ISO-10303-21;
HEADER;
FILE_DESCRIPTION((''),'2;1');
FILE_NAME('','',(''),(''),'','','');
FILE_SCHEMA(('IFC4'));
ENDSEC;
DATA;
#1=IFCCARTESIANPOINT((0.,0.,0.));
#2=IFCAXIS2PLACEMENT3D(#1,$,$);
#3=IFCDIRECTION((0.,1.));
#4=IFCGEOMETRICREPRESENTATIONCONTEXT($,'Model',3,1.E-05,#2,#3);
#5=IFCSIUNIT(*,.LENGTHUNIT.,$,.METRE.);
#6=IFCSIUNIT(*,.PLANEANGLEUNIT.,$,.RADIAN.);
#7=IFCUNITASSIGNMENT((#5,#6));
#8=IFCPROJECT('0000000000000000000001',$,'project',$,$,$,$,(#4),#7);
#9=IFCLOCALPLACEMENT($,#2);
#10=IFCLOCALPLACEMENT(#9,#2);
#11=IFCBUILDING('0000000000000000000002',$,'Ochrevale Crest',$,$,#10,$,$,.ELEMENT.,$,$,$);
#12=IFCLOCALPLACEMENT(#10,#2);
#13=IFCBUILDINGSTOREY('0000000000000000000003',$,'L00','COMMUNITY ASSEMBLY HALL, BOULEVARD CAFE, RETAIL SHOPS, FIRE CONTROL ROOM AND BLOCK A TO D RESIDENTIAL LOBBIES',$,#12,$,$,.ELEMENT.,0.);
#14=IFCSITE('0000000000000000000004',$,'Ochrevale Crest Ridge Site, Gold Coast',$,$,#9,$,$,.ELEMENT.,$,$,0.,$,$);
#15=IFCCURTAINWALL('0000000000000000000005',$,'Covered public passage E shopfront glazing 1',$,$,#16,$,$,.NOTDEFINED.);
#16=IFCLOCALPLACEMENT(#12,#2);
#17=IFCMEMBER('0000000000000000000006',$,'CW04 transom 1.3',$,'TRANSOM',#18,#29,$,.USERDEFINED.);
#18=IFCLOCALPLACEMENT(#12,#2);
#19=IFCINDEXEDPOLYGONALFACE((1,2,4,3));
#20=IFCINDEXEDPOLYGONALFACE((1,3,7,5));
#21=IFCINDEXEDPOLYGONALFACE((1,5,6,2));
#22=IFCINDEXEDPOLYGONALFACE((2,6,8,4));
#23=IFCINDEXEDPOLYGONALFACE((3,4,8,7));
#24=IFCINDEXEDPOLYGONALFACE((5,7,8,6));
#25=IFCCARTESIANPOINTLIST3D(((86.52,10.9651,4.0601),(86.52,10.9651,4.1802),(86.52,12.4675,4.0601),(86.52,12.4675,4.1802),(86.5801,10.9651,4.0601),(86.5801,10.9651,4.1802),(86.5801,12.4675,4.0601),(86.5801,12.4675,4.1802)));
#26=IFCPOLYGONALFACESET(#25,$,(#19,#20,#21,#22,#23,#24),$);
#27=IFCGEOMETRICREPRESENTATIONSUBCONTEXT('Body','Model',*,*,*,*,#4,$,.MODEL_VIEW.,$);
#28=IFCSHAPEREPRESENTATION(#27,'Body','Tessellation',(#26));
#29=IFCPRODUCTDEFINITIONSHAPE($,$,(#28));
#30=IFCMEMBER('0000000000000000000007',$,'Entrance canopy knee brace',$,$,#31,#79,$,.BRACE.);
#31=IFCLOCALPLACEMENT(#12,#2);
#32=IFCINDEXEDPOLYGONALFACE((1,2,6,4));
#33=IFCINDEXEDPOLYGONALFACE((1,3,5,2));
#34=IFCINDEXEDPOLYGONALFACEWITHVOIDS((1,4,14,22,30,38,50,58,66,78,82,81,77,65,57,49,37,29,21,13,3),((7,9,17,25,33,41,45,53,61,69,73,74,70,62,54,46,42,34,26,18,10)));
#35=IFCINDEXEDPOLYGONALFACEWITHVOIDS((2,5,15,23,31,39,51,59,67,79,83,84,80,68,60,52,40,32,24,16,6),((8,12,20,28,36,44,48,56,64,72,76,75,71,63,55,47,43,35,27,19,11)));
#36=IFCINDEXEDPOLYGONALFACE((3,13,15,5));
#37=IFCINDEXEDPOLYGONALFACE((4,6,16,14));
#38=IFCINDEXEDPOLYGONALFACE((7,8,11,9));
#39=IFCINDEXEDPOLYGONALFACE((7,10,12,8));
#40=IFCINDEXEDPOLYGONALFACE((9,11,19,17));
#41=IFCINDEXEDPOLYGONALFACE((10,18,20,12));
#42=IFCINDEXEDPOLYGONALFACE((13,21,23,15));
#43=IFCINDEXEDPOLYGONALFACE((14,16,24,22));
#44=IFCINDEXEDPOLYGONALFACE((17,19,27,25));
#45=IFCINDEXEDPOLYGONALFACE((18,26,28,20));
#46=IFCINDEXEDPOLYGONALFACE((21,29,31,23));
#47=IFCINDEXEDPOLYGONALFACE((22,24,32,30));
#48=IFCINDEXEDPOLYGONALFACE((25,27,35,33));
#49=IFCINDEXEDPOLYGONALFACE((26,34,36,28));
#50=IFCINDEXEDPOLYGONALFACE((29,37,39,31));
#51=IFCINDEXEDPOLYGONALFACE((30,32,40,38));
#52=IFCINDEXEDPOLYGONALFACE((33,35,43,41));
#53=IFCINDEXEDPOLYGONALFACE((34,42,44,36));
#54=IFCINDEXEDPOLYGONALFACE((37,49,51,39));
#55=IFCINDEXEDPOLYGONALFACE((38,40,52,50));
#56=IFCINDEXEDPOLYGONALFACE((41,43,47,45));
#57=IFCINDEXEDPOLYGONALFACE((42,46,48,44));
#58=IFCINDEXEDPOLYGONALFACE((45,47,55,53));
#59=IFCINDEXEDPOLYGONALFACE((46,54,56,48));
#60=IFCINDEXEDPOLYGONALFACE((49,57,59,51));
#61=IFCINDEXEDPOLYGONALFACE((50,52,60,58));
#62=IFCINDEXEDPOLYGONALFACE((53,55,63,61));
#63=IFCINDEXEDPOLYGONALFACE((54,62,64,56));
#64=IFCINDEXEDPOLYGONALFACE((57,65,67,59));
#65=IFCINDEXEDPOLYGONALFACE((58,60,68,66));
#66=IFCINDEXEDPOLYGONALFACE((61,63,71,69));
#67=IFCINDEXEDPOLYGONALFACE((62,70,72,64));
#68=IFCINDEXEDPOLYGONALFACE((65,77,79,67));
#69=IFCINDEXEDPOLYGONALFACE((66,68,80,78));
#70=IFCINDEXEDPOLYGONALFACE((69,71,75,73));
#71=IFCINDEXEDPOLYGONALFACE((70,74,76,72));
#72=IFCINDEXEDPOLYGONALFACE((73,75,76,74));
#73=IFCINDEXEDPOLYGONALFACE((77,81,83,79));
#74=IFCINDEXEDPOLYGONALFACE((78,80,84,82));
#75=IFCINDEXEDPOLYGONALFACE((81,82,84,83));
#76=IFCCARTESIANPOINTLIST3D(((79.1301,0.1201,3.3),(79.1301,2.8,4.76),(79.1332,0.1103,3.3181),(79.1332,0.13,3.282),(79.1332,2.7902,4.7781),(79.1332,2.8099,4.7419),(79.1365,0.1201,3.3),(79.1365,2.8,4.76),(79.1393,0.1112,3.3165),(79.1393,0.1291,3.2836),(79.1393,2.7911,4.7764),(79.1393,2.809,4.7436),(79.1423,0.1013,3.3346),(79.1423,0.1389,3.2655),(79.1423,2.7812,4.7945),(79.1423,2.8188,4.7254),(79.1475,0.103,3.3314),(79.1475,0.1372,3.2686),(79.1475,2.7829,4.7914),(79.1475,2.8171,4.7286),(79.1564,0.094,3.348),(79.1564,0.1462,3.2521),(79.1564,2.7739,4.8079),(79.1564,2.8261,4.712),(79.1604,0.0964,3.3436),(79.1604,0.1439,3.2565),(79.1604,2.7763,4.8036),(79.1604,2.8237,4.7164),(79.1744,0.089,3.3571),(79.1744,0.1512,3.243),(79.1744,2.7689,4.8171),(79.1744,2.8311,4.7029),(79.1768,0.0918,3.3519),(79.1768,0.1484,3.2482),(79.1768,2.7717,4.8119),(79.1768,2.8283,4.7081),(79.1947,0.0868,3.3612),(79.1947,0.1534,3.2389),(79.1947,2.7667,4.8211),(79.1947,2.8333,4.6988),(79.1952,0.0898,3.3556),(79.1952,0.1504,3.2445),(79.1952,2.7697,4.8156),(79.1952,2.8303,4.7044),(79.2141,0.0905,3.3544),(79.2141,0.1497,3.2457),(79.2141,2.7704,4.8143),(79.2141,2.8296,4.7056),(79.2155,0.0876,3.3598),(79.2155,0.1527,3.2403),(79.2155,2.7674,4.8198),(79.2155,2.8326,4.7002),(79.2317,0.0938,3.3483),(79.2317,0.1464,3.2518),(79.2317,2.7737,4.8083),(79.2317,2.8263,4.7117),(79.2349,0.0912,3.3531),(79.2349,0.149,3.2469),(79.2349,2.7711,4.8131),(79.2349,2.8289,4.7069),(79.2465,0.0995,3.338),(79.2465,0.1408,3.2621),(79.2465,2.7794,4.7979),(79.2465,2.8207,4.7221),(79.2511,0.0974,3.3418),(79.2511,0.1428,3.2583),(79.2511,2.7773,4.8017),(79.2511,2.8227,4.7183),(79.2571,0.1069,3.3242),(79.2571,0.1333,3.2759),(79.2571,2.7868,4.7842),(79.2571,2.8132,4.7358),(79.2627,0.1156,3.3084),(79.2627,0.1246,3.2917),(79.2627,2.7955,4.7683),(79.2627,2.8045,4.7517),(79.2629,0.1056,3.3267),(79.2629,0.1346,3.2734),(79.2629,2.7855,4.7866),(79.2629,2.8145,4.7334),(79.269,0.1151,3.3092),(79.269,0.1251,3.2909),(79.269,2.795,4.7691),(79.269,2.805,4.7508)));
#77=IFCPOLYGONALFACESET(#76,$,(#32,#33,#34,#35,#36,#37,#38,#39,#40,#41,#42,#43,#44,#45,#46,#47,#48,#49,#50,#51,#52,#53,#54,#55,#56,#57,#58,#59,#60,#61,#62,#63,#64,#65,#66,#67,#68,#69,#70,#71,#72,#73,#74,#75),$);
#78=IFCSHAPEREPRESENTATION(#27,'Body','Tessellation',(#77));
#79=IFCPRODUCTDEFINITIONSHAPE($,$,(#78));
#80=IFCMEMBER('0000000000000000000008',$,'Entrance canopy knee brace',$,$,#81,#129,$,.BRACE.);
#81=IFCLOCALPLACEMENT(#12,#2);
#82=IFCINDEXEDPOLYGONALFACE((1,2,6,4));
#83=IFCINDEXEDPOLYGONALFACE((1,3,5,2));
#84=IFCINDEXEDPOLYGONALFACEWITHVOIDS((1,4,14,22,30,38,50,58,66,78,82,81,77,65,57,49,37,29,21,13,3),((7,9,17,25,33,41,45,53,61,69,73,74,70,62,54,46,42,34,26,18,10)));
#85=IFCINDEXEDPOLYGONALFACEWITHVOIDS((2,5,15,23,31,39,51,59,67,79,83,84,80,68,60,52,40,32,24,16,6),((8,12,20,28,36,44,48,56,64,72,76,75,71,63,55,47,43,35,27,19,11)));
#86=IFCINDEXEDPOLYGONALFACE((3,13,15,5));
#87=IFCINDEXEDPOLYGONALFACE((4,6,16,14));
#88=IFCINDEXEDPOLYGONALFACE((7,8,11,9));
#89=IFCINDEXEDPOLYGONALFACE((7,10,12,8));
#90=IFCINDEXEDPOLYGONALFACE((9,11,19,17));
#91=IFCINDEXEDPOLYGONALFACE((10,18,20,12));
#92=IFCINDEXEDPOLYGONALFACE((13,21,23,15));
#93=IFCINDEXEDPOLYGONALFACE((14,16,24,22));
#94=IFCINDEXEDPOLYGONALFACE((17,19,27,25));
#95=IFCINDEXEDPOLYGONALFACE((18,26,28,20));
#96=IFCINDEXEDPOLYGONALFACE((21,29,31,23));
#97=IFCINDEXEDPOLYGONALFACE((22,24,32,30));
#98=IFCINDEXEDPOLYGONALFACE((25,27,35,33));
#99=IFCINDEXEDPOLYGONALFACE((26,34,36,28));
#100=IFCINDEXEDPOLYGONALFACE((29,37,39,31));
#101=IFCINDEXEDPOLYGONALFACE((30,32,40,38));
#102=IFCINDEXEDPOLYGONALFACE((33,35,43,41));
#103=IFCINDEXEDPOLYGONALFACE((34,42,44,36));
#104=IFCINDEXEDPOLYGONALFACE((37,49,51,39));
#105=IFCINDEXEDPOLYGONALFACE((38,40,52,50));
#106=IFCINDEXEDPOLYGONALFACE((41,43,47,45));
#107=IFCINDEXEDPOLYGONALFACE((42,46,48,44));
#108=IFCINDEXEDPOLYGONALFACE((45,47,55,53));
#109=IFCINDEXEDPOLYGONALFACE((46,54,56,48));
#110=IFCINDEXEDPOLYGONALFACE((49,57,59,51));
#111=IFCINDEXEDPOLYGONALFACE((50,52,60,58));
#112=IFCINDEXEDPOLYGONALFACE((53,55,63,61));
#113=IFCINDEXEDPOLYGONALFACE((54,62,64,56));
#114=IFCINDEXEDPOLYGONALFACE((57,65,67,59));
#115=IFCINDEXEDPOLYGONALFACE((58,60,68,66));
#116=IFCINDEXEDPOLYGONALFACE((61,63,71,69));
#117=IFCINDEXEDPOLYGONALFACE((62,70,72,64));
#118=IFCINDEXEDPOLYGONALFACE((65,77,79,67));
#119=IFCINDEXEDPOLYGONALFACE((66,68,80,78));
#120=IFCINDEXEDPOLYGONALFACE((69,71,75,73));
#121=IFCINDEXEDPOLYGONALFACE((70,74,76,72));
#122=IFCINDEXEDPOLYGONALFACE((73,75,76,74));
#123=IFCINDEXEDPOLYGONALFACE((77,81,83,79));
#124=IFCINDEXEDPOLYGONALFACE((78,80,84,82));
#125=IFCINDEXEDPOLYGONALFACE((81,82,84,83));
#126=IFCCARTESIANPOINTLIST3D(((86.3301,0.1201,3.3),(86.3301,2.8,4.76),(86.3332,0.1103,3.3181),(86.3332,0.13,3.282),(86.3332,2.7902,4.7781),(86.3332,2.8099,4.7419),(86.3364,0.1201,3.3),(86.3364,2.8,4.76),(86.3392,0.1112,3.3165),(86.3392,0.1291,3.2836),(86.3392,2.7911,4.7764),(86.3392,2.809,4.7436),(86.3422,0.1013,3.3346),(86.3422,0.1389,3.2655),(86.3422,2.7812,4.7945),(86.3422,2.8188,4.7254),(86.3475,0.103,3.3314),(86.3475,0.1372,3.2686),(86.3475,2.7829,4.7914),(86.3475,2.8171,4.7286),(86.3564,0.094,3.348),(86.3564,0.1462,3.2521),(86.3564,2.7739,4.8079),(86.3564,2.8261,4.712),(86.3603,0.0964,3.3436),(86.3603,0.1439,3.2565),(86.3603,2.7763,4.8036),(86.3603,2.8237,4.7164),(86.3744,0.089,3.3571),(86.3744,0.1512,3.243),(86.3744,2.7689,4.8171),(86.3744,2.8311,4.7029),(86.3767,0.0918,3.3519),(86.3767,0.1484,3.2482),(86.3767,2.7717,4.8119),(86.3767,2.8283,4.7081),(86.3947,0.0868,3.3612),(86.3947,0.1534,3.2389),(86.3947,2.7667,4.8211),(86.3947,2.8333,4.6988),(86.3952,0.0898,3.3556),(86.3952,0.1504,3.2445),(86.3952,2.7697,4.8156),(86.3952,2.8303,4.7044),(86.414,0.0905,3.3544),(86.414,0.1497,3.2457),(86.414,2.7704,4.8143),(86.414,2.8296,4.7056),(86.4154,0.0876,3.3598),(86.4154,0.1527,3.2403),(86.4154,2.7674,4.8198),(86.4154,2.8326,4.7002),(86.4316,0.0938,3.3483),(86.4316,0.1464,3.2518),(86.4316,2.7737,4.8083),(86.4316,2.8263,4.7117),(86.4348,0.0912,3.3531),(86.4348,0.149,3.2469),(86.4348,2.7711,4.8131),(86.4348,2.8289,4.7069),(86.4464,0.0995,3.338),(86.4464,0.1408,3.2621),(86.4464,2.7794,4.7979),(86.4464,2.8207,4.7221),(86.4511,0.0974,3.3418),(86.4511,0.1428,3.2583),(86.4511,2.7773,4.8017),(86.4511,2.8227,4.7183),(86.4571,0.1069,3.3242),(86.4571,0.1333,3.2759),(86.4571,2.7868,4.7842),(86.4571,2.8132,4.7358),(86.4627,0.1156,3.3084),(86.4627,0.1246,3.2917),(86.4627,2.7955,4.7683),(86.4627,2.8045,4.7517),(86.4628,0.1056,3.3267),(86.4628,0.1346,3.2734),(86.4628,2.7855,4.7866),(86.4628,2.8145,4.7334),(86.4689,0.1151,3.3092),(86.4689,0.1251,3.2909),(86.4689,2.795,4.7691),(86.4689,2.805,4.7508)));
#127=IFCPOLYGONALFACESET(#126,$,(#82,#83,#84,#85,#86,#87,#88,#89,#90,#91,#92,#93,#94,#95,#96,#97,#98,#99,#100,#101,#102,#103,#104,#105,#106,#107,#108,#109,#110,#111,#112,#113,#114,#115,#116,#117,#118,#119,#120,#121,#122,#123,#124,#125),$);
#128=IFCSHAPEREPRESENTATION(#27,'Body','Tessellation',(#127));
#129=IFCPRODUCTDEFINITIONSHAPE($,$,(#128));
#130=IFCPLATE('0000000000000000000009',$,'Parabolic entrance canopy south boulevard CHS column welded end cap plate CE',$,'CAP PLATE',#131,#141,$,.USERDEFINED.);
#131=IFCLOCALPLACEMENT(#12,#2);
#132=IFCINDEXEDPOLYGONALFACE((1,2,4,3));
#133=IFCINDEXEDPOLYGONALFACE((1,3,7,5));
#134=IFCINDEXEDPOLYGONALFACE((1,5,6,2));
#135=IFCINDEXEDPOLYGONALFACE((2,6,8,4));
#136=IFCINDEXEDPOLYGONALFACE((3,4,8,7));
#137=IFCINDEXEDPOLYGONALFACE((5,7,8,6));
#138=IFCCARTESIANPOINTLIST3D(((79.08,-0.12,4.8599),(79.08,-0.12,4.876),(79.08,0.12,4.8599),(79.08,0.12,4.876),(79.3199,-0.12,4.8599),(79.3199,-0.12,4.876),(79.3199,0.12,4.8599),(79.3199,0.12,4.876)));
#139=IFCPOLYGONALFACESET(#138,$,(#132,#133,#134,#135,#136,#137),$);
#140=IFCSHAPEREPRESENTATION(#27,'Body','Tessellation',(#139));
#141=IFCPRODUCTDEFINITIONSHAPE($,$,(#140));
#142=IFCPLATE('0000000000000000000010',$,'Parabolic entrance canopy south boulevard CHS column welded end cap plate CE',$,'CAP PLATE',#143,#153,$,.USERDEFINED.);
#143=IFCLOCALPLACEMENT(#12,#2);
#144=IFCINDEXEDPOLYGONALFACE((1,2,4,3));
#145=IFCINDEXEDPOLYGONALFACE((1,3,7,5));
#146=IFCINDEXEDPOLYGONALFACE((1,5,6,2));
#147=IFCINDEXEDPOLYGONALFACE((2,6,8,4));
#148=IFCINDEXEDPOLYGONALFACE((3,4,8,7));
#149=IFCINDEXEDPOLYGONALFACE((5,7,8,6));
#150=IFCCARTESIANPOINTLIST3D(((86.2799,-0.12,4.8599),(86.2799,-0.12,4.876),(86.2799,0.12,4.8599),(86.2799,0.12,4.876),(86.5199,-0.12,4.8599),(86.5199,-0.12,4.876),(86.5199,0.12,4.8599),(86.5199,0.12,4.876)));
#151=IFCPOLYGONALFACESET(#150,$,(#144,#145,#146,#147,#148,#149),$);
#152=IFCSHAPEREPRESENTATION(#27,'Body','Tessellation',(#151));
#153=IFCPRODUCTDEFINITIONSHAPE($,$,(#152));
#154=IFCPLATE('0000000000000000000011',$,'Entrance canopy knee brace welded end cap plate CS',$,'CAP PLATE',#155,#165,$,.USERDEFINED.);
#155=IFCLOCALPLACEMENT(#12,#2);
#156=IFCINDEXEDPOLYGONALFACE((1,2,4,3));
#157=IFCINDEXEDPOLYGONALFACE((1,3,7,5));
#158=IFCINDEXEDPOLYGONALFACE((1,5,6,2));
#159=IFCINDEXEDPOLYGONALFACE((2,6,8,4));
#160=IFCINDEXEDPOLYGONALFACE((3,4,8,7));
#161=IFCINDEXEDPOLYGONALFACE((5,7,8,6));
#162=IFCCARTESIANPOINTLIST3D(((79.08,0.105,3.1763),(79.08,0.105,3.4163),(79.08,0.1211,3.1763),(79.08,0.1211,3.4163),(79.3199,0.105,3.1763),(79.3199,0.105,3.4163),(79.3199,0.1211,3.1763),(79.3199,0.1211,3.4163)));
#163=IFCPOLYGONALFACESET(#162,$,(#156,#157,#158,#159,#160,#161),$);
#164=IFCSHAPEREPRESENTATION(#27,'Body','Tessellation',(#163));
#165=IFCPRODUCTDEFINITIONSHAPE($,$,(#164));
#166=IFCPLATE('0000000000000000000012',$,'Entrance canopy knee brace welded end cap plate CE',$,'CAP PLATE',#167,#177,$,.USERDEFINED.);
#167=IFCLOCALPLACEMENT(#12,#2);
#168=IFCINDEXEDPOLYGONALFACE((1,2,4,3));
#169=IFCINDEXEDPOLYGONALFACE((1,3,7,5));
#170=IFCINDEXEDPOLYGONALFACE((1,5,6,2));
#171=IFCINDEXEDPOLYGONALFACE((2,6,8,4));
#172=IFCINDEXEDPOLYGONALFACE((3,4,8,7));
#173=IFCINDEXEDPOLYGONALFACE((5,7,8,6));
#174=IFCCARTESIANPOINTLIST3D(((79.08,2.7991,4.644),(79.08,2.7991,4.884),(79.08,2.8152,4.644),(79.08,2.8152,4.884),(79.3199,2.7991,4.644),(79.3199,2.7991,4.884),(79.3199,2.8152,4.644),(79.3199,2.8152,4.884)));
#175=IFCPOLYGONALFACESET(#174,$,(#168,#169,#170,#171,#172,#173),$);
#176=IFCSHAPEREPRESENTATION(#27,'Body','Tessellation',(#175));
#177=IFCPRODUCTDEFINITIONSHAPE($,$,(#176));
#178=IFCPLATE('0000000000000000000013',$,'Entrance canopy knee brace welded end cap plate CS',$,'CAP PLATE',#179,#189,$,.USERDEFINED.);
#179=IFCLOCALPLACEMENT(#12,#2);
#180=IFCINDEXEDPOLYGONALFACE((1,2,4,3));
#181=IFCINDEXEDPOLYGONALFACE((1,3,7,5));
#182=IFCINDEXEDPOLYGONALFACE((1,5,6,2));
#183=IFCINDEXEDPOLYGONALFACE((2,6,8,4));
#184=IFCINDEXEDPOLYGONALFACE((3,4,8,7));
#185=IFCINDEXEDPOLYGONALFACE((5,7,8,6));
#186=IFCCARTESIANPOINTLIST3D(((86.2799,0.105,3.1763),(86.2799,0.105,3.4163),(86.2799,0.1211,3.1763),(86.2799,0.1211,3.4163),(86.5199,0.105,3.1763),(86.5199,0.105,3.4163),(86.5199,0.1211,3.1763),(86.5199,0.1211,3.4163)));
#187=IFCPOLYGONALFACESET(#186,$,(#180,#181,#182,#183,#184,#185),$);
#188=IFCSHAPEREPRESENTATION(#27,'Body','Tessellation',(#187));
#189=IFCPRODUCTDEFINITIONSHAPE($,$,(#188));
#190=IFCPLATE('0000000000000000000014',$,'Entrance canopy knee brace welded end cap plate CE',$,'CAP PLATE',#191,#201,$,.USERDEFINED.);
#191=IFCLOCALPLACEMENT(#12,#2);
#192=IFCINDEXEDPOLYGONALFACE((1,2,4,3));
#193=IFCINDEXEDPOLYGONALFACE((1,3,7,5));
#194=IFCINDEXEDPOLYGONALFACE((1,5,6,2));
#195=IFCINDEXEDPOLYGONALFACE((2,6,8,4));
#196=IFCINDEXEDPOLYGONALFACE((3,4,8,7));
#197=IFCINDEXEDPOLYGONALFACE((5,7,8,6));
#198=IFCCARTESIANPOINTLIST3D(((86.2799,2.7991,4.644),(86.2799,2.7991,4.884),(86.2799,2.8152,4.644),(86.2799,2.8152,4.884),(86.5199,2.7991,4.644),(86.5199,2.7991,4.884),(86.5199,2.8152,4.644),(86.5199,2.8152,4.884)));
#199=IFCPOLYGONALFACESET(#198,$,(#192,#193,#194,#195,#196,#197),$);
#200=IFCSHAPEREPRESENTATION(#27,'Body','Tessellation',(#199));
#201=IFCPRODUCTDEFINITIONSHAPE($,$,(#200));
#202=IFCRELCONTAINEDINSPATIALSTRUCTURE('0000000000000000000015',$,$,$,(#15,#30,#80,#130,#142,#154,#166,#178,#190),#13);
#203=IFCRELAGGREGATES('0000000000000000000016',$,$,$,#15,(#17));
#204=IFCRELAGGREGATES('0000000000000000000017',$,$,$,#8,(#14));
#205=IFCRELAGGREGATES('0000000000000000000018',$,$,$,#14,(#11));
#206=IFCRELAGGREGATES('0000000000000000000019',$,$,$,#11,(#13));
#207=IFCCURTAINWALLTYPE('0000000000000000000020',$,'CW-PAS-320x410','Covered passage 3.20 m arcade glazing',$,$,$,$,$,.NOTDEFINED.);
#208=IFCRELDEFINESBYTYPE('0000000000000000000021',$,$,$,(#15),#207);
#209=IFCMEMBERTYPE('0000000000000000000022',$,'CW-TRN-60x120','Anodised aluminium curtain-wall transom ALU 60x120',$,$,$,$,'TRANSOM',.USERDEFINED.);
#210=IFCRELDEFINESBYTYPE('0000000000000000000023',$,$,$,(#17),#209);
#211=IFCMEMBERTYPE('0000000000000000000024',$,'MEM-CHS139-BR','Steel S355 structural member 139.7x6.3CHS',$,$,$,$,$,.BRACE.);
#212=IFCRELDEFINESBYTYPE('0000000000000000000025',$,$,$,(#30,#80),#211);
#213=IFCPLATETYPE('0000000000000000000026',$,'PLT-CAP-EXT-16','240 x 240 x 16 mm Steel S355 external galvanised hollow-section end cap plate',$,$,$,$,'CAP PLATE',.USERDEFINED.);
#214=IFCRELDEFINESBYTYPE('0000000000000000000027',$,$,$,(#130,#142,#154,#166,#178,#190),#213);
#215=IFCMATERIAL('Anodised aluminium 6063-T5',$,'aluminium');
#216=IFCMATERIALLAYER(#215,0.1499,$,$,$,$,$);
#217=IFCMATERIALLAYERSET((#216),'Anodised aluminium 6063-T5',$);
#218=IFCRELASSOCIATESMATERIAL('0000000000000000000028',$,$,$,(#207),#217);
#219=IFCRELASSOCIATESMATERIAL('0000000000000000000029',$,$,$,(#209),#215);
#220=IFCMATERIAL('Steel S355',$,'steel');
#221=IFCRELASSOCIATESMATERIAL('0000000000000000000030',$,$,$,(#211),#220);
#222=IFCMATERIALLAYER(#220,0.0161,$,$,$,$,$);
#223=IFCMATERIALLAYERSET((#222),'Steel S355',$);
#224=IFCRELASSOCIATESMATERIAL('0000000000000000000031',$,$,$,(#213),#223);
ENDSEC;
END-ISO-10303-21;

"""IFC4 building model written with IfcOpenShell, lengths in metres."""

from ifc_helpers import new_model, si_unit, direction, frame, origin, origin_2d, place, context, subcontext, project, spatial, rectangle, hollow_circle, extrude, material, layer, layer_set, material_profile, profile_set, type_object, element, aggregate, save


model = new_model("IFC4")

# Units and contexts
model_context = context("Model", 3, precision=1e-05, world=origin(), true_north=direction((0.0, 1.0)))
body_context = subcontext(model_context, "Body", "Model", "MODEL_VIEW")
ifc_project = project(units=[si_unit("LENGTHUNIT", "METRE"), si_unit("PLANEANGLEUNIT", "RADIAN")], contexts=[model_context])

# Site, building, storey
site_placement = place(None, origin())
site = spatial("IfcSite", under=ifc_project, at=site_placement, Name="Ochrevale Crest Ridge Site, Gold Coast", CompositionType="ELEMENT", RefElevation=0.0)
building_placement = place(site_placement, origin())
building = spatial("IfcBuilding", under=site, at=building_placement, Name="Ochrevale Crest", CompositionType="ELEMENT")
storey_placement = place(building_placement, origin())
storey = spatial("IfcBuildingStorey", under=building, at=storey_placement, Name="L00", Description="COMMUNITY ASSEMBLY HALL, BOULEVARD CAFE, RETAIL SHOPS, FIRE CONTROL ROOM AND BLOCK A TO D RESIDENTIAL LOBBIES", CompositionType="ELEMENT", Elevation=0.0)

# Shared definitions
ifc_material_1 = material(Name="Steel S355", Category="steel")

# Curtain wall, member
ifc_material_2 = material(Name="Anodised aluminium 6063-T5", Category="aluminium")
ifc_layer_1 = layer(ifc_material_2, 0.1499)
ifc_layer_set_1 = layer_set([ifc_layer_1], Name="Anodised aluminium 6063-T5")
curtain_wall_type = type_object("IfcCurtainWallType", Name="CW-PAS-320x410", Description="Covered passage 3.20 m arcade glazing", PredefinedType="NOTDEFINED", material=ifc_layer_set_1)
curtain_wall_placement = place(storey_placement, origin())
curtain_wall = element("IfcCurtainWall", 1, at=curtain_wall_placement, inside=storey, type_object=curtain_wall_type, Name="Covered public passage E shopfront glazing 1", PredefinedType="NOTDEFINED")
ifc_material_profile_1 = material_profile(ifc_material_2, rectangle(XDim=0.0601, YDim=0.1201, at=origin_2d()), Name="ALU 60x120")
ifc_profile_set_1 = profile_set([ifc_material_profile_1], Name="Anodised aluminium 6063-T5")
member_type_1 = type_object("IfcMemberType", Name="CW-TRN-60x120", Description="Anodised aluminium curtain-wall transom ALU 60x120", ElementType="TRANSOM", PredefinedType="USERDEFINED", material=ifc_profile_set_1)
member_1_placement = place(storey_placement, frame((86.55, 10.9651, 4.1201), z_axis=(0.0, 1.0, 0.0), x_axis=(-1.0, 0.0, 0.0)))
member_1 = element("IfcMember", 2, at=member_1_placement, type_object=member_type_1, Name="CW04 transom 1.3", ObjectType="TRANSOM", PredefinedType="USERDEFINED", context=body_context, shape_type="SweptSolid", body=[
    extrude(rectangle(XDim=0.0601, YDim=0.1201, at=origin_2d()), origin(), (0.0, 0.0, 1.0), 1.5024),
])
aggregate(curtain_wall, [member_1])

# Members
ifc_material_profile_2 = material_profile(ifc_material_1, hollow_circle(Radius=0.0698, WallThickness=0.0063, at=origin_2d()), Name="139.7x6.3CHS")
ifc_profile_set_2 = profile_set([ifc_material_profile_2], Name="Steel S355")
member_type_2 = type_object("IfcMemberType", Name="MEM-CHS139-BR", Description="Steel S355 structural member 139.7x6.3CHS", PredefinedType="BRACE", material=ifc_profile_set_2)
for number, where, z_axis, x_axis, name in (
    (3, (79.2, 0.1201, 3.3), (0.0, 0.878146, 0.478392), (-1.0, 0.0, 0.0), "Entrance canopy knee brace"),
    (4, (86.3999, 0.1201, 3.3), (0.0, 0.878146, 0.478392), (-1.0, 0.0, 0.0), "Entrance canopy knee brace"),
):
    element("IfcMember", number, at=place(storey_placement, frame(where, z_axis=z_axis, x_axis=x_axis)), inside=storey, type_object=member_type_2, Name=name, PredefinedType="BRACE", context=body_context, shape_type="SweptSolid", body=[
        extrude(hollow_circle(Radius=0.0698, WallThickness=0.0063, at=origin_2d()), origin(), (0.0, 0.0, 1.0), 3.0518),
    ])

# Plates
ifc_layer_2 = layer(ifc_material_1, 0.0161)
ifc_layer_set_2 = layer_set([ifc_layer_2], Name="Steel S355")
plate_type = type_object("IfcPlateType", Name="PLT-CAP-EXT-16", Description="240 x 240 x 16 mm Steel S355 external galvanised hollow-section end cap plate", ElementType="CAP PLATE", PredefinedType="USERDEFINED", material=ifc_layer_set_2)
for number, where, z_axis, x_axis, name in (
    (5, (79.2, 0.0, 4.8599), (0.0, 0.0, 1.0), (1.0, 0.0, 0.0), "Parabolic entrance canopy south boulevard CHS column welded end cap plate CE"),
    (6, (86.3999, 0.0, 4.8599), (0.0, 0.0, 1.0), (1.0, 0.0, 0.0), "Parabolic entrance canopy south boulevard CHS column welded end cap plate CE"),
):
    element("IfcPlate", number, at=place(storey_placement, frame(where, z_axis=z_axis, x_axis=x_axis)), inside=storey, type_object=plate_type, Name=name, ObjectType="CAP PLATE", PredefinedType="USERDEFINED", context=body_context, shape_type="SweptSolid", body=[
        extrude(rectangle(XDim=0.24, YDim=0.24, at=origin_2d()), origin(), (0.0, 0.0, 1.0), 0.0161),
    ])
for number, where, z_axis, x_axis, name in (
    (7, (79.2, 0.113, 3.1763), (0.0, 0.0, 1.0), (0.0, 1.0, 0.0), "Entrance canopy knee brace welded end cap plate CS"),
    (8, (79.2, 2.8071, 4.644), (0.0, 0.0, 1.0), (0.0, 1.0, 0.0), "Entrance canopy knee brace welded end cap plate CE"),
    (9, (86.3999, 0.113, 3.1763), (0.0, 0.0, 1.0), (0.0, 1.0, 0.0), "Entrance canopy knee brace welded end cap plate CS"),
    (10, (86.3999, 2.8071, 4.644), (0.0, 0.0, 1.0), (0.0, 1.0, 0.0), "Entrance canopy knee brace welded end cap plate CE"),
):
    element("IfcPlate", number, at=place(storey_placement, frame(where, z_axis=z_axis, x_axis=x_axis)), inside=storey, type_object=plate_type, Name=name, ObjectType="CAP PLATE", PredefinedType="USERDEFINED", context=body_context, shape_type="SweptSolid", body=[
        extrude(rectangle(XDim=0.0161, YDim=0.24, at=origin_2d()), origin(), (0.0, 0.0, 1.0), 0.24),
    ])

save(model, "model.ifc")
